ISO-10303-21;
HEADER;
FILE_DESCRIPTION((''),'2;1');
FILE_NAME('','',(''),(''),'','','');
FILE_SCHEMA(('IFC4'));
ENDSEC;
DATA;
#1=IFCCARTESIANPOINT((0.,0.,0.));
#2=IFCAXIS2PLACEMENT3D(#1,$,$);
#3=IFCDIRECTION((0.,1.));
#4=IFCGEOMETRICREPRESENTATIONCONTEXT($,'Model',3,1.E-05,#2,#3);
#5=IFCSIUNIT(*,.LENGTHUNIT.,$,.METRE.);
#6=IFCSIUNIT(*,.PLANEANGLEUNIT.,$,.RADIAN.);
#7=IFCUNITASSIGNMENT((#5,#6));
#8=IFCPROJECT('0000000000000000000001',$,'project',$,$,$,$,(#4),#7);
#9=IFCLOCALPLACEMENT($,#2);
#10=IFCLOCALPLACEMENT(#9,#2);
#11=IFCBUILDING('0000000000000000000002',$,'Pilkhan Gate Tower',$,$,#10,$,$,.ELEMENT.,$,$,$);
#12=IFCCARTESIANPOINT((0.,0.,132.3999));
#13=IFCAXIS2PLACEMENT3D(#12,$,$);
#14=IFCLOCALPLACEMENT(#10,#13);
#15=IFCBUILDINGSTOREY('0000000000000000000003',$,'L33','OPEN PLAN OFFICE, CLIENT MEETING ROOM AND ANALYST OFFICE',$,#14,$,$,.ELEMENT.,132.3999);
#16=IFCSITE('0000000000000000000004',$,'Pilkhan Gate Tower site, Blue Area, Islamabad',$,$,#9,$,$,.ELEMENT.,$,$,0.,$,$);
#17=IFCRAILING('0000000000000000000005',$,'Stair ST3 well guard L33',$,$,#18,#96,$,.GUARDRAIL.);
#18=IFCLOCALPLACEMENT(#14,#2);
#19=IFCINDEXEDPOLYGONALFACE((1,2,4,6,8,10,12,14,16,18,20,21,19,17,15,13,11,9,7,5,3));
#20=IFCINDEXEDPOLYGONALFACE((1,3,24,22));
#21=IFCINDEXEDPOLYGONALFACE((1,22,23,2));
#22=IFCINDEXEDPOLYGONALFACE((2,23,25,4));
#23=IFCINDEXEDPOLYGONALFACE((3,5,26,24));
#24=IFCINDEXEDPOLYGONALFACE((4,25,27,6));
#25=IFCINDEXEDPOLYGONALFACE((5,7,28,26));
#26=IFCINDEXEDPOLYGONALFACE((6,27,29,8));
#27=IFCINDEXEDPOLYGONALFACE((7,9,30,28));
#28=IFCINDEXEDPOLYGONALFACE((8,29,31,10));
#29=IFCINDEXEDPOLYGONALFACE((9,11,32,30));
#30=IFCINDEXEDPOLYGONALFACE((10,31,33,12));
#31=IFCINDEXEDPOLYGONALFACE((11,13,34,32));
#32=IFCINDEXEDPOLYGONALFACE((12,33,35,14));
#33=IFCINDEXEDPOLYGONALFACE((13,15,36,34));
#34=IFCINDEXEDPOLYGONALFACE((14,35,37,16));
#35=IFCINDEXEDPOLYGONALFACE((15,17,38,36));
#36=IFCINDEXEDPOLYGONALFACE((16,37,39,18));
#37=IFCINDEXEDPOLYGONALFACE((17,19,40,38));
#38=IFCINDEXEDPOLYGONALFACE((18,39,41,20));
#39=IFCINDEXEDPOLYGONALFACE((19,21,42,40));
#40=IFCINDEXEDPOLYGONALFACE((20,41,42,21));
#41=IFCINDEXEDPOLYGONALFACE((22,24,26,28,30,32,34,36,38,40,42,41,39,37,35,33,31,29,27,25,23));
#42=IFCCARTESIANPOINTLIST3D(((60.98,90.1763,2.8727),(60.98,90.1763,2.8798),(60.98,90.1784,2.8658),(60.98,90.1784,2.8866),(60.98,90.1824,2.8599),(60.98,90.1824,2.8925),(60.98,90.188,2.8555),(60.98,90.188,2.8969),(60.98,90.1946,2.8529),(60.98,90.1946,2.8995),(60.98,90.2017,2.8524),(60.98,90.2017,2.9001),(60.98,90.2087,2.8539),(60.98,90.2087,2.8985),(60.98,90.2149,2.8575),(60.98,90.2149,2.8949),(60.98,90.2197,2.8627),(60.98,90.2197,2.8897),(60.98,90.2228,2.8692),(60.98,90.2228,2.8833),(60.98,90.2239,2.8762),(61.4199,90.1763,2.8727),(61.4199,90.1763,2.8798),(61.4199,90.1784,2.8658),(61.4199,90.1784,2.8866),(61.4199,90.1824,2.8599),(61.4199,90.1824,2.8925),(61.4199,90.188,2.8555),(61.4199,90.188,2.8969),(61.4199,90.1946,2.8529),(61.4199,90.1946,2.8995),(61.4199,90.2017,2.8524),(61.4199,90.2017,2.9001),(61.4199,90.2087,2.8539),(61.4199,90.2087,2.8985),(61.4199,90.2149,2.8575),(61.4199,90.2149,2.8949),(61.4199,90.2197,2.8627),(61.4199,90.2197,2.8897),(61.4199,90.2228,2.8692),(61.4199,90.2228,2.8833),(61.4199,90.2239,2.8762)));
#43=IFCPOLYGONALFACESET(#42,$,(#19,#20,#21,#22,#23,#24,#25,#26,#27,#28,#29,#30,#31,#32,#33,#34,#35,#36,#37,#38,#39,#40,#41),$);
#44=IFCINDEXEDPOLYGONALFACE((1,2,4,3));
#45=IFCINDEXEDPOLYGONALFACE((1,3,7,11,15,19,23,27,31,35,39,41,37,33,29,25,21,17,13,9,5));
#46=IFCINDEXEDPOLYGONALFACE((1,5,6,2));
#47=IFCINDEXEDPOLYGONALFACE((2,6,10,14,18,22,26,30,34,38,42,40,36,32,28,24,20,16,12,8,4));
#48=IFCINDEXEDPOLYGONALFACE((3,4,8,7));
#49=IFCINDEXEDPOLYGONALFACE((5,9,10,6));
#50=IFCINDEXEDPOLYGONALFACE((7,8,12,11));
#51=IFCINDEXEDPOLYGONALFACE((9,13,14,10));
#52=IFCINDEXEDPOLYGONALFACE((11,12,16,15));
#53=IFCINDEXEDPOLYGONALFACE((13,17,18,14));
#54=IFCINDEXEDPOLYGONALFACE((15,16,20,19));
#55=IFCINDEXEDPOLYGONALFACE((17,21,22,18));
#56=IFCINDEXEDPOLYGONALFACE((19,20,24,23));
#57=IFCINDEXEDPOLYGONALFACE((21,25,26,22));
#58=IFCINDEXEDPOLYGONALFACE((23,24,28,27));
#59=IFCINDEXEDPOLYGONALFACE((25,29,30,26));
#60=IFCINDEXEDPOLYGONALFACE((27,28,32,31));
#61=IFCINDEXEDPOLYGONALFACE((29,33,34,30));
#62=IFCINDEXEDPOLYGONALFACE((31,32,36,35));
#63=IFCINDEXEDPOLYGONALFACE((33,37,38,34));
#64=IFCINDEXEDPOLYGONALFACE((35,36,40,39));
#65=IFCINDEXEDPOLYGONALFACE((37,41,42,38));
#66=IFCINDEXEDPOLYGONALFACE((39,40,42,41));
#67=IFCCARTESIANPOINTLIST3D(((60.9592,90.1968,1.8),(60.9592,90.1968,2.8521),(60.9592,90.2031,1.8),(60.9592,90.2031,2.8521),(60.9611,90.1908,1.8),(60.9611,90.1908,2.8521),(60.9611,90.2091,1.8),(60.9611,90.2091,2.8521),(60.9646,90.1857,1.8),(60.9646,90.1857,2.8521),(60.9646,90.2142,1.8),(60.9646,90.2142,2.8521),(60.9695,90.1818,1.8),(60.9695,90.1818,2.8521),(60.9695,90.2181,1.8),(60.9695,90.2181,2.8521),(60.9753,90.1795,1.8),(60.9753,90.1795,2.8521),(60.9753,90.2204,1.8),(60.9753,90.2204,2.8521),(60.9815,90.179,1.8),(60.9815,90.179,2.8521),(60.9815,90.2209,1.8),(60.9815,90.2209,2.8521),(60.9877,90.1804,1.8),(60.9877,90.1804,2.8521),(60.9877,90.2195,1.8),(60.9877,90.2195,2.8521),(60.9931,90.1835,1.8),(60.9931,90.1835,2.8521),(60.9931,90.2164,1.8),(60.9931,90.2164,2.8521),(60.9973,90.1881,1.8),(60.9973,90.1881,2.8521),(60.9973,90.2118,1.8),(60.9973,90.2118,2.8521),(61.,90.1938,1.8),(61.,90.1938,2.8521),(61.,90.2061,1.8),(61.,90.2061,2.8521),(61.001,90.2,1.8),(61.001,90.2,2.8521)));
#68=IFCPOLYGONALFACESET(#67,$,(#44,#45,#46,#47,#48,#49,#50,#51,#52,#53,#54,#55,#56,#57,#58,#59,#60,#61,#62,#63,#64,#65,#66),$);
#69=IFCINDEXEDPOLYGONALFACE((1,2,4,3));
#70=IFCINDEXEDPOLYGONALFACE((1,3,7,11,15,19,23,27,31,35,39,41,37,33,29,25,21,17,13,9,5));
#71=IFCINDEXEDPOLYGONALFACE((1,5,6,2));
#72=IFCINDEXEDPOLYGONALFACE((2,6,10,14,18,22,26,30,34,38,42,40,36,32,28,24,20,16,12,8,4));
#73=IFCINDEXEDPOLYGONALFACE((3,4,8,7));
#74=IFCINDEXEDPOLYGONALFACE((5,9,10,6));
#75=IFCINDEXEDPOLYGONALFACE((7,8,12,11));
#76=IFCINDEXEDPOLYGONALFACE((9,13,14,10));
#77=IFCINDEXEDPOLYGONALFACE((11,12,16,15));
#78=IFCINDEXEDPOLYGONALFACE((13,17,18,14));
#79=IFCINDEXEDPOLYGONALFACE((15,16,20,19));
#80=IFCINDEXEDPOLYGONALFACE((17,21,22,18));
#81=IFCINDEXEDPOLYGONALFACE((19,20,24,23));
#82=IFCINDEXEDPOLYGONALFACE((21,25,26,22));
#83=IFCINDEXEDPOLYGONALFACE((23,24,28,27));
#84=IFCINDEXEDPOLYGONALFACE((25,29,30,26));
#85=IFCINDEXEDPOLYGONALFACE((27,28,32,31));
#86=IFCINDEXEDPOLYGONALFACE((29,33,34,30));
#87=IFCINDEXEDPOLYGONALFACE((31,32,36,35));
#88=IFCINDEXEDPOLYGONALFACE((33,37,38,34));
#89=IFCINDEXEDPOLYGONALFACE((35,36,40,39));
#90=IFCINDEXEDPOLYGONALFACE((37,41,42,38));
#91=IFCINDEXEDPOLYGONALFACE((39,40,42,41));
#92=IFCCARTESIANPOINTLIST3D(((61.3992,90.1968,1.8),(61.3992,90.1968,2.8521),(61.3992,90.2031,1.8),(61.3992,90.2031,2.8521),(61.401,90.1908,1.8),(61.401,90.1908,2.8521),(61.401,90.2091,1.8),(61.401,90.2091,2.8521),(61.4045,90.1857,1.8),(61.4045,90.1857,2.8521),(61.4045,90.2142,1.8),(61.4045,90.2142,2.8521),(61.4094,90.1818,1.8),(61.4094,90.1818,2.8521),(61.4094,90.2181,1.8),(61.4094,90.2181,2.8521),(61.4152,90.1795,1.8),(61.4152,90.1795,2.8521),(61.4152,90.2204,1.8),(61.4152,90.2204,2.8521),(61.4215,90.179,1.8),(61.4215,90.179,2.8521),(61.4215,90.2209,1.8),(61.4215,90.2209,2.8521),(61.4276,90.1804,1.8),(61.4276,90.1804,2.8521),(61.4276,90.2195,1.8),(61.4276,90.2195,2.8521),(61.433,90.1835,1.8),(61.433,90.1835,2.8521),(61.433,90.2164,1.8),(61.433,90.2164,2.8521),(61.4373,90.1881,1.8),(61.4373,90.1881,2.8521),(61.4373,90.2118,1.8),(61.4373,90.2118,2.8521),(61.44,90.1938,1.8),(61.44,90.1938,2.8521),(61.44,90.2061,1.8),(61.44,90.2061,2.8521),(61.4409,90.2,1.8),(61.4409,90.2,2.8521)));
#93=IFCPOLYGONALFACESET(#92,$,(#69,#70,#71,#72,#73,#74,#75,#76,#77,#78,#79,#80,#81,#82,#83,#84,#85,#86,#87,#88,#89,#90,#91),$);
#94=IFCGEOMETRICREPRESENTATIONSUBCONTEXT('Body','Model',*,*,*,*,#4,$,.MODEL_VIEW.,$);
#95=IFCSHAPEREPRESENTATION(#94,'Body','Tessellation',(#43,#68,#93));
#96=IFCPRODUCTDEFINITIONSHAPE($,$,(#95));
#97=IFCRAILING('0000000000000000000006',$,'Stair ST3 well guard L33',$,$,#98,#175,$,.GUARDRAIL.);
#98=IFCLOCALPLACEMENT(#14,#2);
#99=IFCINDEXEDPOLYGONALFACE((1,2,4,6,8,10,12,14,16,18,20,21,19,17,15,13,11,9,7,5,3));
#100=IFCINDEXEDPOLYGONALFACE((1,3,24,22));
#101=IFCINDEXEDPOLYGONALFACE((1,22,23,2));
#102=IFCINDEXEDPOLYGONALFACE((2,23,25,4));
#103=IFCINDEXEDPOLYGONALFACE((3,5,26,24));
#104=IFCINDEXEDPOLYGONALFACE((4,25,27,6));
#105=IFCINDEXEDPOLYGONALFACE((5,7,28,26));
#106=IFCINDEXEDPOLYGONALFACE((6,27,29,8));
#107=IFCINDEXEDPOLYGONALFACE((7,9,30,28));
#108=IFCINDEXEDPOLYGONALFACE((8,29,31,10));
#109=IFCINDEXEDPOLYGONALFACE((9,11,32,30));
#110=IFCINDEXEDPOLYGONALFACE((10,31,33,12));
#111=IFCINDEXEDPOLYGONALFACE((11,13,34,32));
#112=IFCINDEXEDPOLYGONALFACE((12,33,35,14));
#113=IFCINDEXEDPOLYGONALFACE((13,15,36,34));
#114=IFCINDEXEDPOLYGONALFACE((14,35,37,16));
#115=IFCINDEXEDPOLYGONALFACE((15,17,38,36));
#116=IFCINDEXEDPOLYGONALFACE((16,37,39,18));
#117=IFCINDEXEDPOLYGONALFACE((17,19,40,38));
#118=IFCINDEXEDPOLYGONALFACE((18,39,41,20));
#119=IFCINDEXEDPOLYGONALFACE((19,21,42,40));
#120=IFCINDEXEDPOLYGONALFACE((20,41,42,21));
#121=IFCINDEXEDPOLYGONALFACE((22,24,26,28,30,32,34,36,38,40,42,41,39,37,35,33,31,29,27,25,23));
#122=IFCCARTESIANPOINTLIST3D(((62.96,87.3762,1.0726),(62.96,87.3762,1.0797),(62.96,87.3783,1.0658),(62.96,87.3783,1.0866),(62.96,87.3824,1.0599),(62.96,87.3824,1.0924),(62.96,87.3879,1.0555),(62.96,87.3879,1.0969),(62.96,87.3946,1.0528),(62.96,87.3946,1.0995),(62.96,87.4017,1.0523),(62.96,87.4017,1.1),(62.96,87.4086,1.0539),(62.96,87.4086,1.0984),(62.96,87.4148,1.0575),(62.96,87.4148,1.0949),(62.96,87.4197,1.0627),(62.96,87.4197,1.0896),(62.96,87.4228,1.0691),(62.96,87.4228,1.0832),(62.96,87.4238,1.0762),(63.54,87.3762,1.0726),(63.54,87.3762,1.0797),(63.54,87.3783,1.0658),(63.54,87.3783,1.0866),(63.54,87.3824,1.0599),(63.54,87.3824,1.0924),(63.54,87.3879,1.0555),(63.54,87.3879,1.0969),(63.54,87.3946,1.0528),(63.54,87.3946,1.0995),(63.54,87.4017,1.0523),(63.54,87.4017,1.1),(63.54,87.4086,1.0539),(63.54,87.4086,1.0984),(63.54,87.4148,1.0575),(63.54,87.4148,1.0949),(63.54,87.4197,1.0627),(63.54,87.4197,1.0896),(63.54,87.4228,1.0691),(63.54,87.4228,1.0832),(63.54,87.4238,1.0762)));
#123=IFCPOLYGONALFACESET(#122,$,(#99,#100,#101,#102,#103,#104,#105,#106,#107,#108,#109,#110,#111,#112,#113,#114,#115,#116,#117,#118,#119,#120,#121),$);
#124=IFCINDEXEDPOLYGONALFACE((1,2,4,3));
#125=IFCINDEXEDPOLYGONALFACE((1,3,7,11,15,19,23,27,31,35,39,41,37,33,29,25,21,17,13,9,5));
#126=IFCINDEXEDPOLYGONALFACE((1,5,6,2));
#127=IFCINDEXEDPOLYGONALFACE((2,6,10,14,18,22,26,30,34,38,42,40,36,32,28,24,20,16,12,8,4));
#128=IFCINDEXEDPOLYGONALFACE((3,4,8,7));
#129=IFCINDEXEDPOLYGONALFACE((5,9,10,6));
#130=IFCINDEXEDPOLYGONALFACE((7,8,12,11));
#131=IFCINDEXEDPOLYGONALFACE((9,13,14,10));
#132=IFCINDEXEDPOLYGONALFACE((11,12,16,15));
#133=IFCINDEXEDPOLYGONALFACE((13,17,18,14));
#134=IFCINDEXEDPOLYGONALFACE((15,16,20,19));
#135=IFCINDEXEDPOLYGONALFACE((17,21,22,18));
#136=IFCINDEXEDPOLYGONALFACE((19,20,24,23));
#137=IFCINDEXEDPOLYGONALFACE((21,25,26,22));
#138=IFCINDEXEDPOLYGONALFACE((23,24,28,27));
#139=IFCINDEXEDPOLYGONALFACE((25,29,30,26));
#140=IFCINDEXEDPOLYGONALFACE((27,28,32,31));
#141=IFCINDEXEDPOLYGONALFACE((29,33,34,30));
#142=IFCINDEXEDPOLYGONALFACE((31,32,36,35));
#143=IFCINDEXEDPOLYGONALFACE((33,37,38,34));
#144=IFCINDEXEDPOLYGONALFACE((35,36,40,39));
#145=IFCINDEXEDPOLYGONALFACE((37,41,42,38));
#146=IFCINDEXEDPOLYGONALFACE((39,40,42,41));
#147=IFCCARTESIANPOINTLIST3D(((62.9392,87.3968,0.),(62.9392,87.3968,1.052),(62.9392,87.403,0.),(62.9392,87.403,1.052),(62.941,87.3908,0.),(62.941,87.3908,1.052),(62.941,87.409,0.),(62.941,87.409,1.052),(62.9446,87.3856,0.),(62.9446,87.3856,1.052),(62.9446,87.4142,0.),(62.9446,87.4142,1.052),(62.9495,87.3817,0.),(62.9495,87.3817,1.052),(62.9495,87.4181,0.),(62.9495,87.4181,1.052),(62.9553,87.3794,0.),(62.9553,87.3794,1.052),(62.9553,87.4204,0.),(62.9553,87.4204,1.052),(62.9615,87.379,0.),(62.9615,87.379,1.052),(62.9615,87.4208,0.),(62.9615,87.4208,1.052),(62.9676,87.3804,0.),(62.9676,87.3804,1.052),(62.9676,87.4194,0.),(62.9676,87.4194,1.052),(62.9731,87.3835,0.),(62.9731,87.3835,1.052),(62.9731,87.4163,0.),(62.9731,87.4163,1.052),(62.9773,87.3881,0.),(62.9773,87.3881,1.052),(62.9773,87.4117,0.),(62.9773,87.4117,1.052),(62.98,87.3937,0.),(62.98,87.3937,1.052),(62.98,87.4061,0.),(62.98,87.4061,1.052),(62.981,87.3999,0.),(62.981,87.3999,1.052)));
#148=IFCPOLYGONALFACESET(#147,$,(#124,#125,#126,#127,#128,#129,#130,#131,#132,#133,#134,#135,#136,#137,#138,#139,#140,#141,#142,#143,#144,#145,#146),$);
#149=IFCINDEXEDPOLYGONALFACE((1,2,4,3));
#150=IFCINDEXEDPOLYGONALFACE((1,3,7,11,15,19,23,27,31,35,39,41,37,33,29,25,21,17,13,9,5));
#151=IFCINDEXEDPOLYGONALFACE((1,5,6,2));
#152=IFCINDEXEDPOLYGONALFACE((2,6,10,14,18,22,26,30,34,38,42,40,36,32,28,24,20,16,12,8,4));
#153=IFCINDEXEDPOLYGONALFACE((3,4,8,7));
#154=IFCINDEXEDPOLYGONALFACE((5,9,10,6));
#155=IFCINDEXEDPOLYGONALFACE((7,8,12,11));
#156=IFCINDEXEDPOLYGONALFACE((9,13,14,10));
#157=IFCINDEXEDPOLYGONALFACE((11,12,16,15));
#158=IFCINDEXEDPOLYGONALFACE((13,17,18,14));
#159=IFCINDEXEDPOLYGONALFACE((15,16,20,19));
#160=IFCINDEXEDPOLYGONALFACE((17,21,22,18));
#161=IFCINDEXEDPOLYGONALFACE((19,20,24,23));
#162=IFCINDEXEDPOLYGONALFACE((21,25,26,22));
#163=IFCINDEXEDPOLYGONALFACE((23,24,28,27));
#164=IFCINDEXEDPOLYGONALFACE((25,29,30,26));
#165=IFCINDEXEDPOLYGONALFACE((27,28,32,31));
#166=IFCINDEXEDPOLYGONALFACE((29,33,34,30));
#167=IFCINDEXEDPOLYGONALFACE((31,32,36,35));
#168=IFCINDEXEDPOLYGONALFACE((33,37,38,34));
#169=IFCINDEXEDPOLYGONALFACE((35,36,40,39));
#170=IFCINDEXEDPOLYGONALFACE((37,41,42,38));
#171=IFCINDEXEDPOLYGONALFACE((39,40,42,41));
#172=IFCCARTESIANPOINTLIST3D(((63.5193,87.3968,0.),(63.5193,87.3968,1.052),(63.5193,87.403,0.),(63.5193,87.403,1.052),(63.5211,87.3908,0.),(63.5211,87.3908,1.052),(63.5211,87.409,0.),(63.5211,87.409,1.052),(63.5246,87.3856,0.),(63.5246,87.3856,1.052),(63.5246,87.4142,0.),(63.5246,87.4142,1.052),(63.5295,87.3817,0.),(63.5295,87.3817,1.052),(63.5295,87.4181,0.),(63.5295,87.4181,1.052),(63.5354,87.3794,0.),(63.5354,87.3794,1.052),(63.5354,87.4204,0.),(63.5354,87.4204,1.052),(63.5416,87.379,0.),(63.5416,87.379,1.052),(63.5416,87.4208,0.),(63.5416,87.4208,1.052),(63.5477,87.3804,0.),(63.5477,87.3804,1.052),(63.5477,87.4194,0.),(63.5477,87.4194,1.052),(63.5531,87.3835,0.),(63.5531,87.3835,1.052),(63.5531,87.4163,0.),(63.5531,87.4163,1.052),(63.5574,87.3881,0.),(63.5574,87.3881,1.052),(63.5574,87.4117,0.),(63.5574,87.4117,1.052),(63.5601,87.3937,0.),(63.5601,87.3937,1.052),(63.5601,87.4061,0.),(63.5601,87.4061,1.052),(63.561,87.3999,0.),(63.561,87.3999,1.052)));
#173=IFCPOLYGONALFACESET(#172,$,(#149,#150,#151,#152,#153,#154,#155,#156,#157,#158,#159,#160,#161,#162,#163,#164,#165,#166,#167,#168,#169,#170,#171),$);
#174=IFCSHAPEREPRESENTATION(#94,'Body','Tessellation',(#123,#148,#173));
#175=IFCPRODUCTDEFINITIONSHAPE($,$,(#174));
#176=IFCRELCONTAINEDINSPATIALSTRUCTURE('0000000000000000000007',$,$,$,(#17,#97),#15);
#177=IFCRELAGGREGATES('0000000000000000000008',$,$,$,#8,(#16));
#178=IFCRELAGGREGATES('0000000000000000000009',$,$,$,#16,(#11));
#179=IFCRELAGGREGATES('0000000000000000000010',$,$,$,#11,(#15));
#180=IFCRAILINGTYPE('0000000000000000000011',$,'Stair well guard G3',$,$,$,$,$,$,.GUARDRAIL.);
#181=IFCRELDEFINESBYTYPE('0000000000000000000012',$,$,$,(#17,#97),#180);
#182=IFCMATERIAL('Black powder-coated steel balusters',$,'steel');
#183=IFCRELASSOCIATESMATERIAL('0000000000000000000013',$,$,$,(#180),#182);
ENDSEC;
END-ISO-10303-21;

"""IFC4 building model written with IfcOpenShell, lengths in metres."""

from ifc_helpers import new_model, si_unit, direction, frame, origin, origin_2d, place, context, subcontext, project, spatial, circle, extrude, material, type_object, element, save


model = new_model("IFC4")

# Units and contexts
model_context = context("Model", 3, precision=1e-05, world=origin(), true_north=direction((0.0, 1.0)))
body_context = subcontext(model_context, "Body", "Model", "MODEL_VIEW")
ifc_project = project(units=[si_unit("LENGTHUNIT", "METRE"), si_unit("PLANEANGLEUNIT", "RADIAN")], contexts=[model_context])

# Site, building, storey
site_placement = place(None, origin())
site = spatial("IfcSite", under=ifc_project, at=site_placement, Name="Pilkhan Gate Tower site, Blue Area, Islamabad", CompositionType="ELEMENT", RefElevation=0.0)
building_placement = place(site_placement, origin())
building = spatial("IfcBuilding", under=site, at=building_placement, Name="Pilkhan Gate Tower", CompositionType="ELEMENT")
storey_placement = place(building_placement, frame((0.0, 0.0, 132.3999)))
storey = spatial("IfcBuildingStorey", under=building, at=storey_placement, Name="L33", Description="OPEN PLAN OFFICE, CLIENT MEETING ROOM AND ANALYST OFFICE", CompositionType="ELEMENT", Elevation=132.3999)

# Railings
ifc_material_1 = material(Name="Black powder-coated steel balusters", Category="steel")
railing_type_1 = type_object("IfcRailingType", Name="Stair well guard G3", PredefinedType="GUARDRAIL", material=ifc_material_1)
railing_1_placement = place(storey_placement, frame((60.98, 90.2, 1.8)))
element("IfcRailing", 1, at=railing_1_placement, inside=storey, type_object=railing_type_1, Name="Stair ST3 well guard L33", PredefinedType="GUARDRAIL", context=body_context, shape_type="SweptSolid", body=[
    extrude(circle(Radius=0.0239, at=origin_2d()), frame((0.0, 0.0, 1.0762), z_axis=(1.0, 0.0, 0.0), x_axis=(0.0, 1.0, 0.0)), (0.0, 0.0, 1.0), 0.4399),
    extrude(circle(Radius=0.021, at=origin_2d()), origin(), (0.0, 0.0, 1.0), 1.052),
    extrude(circle(Radius=0.021, at=origin_2d()), frame((0.4399, 0.0, 0.0)), (0.0, 0.0, 1.0), 1.052),
])
for number, where, name in (
    (2, (62.96, 87.3999, 0.0), "Stair ST3 well guard L33"),
):
    element("IfcRailing", number, at=place(storey_placement, frame(where)), inside=storey, type_object=railing_type_1, Name=name, PredefinedType="GUARDRAIL", context=body_context, shape_type="SweptSolid", body=[
        extrude(circle(Radius=0.0239, at=origin_2d()), frame((0.0, 0.0, 1.0762), z_axis=(1.0, 0.0, 0.0), x_axis=(0.0, 1.0, 0.0)), (0.0, 0.0, 1.0), 0.5801),
        extrude(circle(Radius=0.021, at=origin_2d()), origin(), (0.0, 0.0, 1.0), 1.052),
        extrude(circle(Radius=0.021, at=origin_2d()), frame((0.5801, 0.0, 0.0)), (0.0, 0.0, 1.0), 1.052),
    ])

save(model, "model.ifc")
